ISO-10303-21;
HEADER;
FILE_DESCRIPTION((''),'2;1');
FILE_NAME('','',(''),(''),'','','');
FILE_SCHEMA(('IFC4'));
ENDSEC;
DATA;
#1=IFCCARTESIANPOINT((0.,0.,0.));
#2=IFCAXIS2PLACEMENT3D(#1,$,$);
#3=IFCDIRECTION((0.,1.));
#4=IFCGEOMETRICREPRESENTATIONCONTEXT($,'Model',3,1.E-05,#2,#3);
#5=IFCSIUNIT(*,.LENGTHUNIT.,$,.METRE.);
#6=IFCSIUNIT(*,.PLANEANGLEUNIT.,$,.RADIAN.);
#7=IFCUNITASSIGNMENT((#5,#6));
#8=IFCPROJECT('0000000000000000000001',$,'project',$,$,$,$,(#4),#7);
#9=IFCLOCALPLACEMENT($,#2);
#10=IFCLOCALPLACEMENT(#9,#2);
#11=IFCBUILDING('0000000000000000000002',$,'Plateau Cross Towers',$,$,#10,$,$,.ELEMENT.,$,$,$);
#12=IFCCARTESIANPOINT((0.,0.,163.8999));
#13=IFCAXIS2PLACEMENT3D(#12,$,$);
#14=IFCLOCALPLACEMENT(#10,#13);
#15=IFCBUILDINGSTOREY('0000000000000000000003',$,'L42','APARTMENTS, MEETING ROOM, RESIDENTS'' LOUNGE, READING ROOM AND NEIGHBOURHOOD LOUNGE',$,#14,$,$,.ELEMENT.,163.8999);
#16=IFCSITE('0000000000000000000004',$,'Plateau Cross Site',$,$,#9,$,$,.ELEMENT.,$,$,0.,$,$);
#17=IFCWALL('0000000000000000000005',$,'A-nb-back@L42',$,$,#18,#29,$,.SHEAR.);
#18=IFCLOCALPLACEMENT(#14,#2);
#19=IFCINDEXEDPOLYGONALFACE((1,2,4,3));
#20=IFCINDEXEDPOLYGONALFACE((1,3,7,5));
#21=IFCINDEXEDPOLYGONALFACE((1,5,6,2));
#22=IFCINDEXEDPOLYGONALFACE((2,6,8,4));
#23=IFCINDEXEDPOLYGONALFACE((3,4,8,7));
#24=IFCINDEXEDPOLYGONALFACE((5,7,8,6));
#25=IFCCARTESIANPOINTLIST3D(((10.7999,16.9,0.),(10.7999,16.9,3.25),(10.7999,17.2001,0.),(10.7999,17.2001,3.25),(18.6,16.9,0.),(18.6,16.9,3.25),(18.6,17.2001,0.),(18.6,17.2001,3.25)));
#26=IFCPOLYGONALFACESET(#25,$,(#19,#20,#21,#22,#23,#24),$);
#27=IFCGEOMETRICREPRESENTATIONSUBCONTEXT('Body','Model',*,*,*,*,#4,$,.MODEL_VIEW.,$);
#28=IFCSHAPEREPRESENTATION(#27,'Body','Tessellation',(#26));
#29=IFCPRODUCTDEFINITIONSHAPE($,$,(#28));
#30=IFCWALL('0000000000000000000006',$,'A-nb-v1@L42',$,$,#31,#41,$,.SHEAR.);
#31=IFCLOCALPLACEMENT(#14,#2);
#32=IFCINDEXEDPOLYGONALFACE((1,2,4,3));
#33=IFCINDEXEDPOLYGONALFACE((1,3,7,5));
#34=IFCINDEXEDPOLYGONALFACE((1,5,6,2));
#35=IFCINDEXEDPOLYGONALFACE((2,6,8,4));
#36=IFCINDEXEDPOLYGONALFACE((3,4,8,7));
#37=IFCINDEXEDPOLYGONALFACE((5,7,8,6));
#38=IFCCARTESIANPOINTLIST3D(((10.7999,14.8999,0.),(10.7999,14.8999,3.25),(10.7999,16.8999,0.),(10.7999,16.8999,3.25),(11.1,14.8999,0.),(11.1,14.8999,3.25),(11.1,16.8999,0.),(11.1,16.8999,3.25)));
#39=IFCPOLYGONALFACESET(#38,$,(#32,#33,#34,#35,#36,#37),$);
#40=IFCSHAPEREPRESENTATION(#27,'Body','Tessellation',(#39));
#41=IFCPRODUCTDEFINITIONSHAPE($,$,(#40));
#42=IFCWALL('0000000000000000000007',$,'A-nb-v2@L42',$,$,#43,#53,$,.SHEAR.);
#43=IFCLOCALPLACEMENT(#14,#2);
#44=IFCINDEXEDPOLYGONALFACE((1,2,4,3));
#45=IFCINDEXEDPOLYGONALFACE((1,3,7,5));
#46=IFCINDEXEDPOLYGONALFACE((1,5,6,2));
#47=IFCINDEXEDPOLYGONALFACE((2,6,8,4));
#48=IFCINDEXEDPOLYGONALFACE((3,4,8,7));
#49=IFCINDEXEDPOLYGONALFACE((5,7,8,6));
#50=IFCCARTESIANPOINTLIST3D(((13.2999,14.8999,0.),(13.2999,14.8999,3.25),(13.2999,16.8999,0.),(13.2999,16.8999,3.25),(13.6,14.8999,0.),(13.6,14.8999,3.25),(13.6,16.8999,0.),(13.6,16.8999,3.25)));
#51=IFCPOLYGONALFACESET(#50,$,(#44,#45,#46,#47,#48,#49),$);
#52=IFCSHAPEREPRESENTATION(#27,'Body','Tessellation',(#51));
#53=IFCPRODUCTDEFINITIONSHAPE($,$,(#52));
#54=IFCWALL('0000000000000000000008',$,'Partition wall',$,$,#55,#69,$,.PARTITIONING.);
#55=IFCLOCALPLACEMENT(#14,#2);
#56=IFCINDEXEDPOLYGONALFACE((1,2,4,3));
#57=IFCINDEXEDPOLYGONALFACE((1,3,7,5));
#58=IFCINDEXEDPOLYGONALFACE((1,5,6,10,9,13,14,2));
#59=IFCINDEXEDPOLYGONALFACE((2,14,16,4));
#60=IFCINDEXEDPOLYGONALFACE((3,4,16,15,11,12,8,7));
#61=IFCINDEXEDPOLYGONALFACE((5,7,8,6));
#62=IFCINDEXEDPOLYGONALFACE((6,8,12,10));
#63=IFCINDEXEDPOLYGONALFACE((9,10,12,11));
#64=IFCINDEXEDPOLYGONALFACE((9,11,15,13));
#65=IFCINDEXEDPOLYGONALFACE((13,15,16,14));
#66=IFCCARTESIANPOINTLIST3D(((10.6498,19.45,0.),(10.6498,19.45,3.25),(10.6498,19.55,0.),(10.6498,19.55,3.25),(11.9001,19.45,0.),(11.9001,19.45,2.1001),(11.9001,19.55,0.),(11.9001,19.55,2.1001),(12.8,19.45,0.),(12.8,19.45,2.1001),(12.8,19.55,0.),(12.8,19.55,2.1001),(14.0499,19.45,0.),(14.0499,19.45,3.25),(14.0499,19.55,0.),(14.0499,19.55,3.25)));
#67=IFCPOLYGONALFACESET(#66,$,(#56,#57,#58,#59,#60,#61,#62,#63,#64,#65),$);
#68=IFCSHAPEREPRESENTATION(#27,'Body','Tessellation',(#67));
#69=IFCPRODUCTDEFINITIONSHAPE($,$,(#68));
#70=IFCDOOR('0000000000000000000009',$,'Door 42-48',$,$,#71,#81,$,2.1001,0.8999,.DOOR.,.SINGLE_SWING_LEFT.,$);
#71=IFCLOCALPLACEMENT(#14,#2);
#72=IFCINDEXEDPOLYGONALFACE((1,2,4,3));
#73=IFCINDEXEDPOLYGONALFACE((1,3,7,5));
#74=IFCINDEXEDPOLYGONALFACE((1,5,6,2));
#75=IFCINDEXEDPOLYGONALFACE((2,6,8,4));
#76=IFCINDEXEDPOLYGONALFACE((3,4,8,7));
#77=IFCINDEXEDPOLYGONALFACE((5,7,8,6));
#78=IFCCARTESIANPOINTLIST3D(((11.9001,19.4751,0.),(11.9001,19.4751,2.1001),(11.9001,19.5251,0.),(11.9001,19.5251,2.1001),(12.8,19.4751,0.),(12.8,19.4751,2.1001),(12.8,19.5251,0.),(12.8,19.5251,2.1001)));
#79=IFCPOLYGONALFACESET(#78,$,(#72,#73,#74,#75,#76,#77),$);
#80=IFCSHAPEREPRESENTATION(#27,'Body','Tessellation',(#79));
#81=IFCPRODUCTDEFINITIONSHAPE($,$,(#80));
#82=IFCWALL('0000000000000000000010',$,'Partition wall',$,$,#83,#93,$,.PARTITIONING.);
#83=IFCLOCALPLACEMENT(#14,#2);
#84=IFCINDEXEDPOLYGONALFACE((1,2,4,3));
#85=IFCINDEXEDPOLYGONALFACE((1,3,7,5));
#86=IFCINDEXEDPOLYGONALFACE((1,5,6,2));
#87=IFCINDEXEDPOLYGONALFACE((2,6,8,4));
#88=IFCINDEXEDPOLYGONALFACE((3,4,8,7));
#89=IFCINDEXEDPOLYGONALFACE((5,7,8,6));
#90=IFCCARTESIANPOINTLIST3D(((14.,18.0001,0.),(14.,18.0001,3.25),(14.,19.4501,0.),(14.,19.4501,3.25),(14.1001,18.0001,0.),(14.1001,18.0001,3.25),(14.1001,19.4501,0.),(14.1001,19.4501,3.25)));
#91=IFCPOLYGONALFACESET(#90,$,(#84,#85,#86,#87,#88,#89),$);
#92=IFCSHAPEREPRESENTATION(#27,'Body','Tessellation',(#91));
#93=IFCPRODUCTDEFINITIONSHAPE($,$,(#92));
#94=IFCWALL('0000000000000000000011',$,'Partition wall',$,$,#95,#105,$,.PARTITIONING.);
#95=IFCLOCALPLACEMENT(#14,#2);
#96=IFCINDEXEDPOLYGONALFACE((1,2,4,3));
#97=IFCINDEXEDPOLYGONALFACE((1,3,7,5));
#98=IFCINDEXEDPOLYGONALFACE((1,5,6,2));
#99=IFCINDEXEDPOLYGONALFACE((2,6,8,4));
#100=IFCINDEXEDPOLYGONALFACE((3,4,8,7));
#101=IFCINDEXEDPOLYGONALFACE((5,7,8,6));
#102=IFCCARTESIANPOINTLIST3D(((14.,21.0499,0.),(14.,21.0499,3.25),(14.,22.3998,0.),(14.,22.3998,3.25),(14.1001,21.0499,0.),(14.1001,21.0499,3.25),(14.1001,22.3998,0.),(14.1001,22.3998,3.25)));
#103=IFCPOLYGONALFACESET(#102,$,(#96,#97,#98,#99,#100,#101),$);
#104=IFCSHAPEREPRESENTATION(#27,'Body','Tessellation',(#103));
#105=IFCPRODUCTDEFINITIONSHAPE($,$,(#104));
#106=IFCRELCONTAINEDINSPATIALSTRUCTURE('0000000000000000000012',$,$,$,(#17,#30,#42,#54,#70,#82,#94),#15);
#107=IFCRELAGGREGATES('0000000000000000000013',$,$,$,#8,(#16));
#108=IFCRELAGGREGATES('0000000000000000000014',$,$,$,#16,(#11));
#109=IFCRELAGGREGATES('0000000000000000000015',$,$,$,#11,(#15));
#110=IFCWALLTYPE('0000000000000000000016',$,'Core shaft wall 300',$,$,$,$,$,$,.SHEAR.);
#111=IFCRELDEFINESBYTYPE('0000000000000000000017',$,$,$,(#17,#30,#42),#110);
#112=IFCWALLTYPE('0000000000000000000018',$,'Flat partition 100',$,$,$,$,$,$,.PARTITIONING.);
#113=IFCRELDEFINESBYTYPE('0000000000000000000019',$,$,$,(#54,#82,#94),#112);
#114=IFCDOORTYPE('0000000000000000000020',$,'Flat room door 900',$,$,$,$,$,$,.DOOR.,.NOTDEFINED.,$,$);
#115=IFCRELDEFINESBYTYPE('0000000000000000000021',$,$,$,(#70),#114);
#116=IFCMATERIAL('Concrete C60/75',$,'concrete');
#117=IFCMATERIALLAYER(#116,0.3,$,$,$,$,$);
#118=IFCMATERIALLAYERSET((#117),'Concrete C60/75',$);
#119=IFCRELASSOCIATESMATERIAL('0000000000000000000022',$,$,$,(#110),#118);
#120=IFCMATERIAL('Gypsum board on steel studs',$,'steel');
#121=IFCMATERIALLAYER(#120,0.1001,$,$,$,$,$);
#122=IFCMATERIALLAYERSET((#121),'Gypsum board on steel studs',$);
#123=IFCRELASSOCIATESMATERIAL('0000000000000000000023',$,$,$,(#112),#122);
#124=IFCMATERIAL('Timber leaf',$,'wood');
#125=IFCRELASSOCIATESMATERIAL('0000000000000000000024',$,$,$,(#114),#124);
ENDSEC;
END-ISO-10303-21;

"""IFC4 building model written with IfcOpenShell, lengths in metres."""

from ifc_helpers import new_model, si_unit, direction, frame, frame_2d, origin, place, context, subcontext, project, spatial, rectangle, extrude, material, layer, layer_set, type_object, element, fill, save


model = new_model("IFC4")

# Units and contexts
model_context = context("Model", 3, precision=1e-05, world=origin(), true_north=direction((0.0, 1.0)))
body_context = subcontext(model_context, "Body", "Model", "MODEL_VIEW")
ifc_project = project(units=[si_unit("LENGTHUNIT", "METRE"), si_unit("PLANEANGLEUNIT", "RADIAN")], contexts=[model_context])

# Site, building, storey
site_placement = place(None, origin())
site = spatial("IfcSite", under=ifc_project, at=site_placement, Name="Plateau Cross Site", CompositionType="ELEMENT", RefElevation=0.0)
building_placement = place(site_placement, origin())
building = spatial("IfcBuilding", under=site, at=building_placement, Name="Plateau Cross Towers", CompositionType="ELEMENT")
storey_placement = place(building_placement, frame((0.0, 0.0, 163.8999)))
storey = spatial("IfcBuildingStorey", under=building, at=storey_placement, Name="L42", Description="APARTMENTS, MEETING ROOM, RESIDENTS' LOUNGE, READING ROOM AND NEIGHBOURHOOD LOUNGE", CompositionType="ELEMENT", Elevation=163.8999)

# Walls
ifc_material_1 = material(Name="Concrete C60/75", Category="concrete")
ifc_layer_1 = layer(ifc_material_1, 0.3)
ifc_layer_set_1 = layer_set([ifc_layer_1], Name="Concrete C60/75")
wall_type_1 = type_object("IfcWallType", Name="Core shaft wall 300", PredefinedType="SHEAR", material=ifc_layer_set_1)
wall_1_placement = place(storey_placement, frame((10.8, 17.05, 0.0), z_axis=(0.0, 0.0, 1.0), x_axis=(1.0, 0.0, 0.0)))
element("IfcWall", 1, at=wall_1_placement, inside=storey, type_object=wall_type_1, Name="A-nb-back@L42", PredefinedType="SHEAR", context=body_context, shape_type="SweptSolid", body=[
    extrude(rectangle(XDim=7.8, YDim=0.3, at=frame_2d((3.8999, 0.0))), origin(), (0.0, 0.0, 1.0), 3.25),
])
for number, where, z_axis, x_axis, name in (
    (2, (10.95, 14.8999, 0.0), (0.0, 0.0, 1.0), (0.0, 1.0, 0.0), "A-nb-v1@L42"),
    (3, (13.45, 14.8999, 0.0), (0.0, 0.0, 1.0), (0.0, 1.0, 0.0), "A-nb-v2@L42"),
):
    element("IfcWall", number, at=place(storey_placement, frame(where, z_axis=z_axis, x_axis=x_axis)), inside=storey, type_object=wall_type_1, Name=name, PredefinedType="SHEAR", context=body_context, shape_type="SweptSolid", body=[
        extrude(rectangle(XDim=2.0, YDim=0.3, at=frame_2d((1.0, 0.0))), origin(), (0.0, 0.0, 1.0), 3.25),
    ])

# Wall, opening, door
ifc_material_2 = material(Name="Gypsum board on steel studs", Category="steel")
ifc_layer_2 = layer(ifc_material_2, 0.1001)
ifc_layer_set_2 = layer_set([ifc_layer_2], Name="Gypsum board on steel studs")
wall_type_2 = type_object("IfcWallType", Name="Flat partition 100", PredefinedType="PARTITIONING", material=ifc_layer_set_2)
wall_2_placement = place(storey_placement, frame((14.05, 19.5, 0.0), z_axis=(0.0, 0.0, 1.0), x_axis=(-1.0, 0.0, 0.0)))
wall_2 = element("IfcWall", 4, at=wall_2_placement, inside=storey, type_object=wall_type_2, Name="Partition wall", PredefinedType="PARTITIONING", context=body_context, shape_type="SweptSolid", body=[
    extrude(rectangle(XDim=3.4001, YDim=0.1001, at=frame_2d((1.7002, 0.0))), origin(), (0.0, 0.0, 1.0), 3.25),
])
opening_placement = place(wall_2_placement, frame((1.25, 0.0, 0.0)))
opening = element("IfcOpeningElement", 5, at=opening_placement, cuts=wall_2, PredefinedType="OPENING", context=body_context, shape_type="SweptSolid", body=[
    extrude(rectangle(XDim=0.8999, YDim=2.1001, at=frame_2d((0.45, 1.05))), frame((0.0, 0.0601, 0.0), z_axis=(0.0, -1.0, 0.0), x_axis=(1.0, 0.0, 0.0)), (0.0, 0.0, 1.0), 0.1201),
])
ifc_material_3 = material(Name="Timber leaf", Category="wood")
door_type = type_object("IfcDoorType", Name="Flat room door 900", OperationType="NOTDEFINED", PredefinedType="DOOR", material=ifc_material_3)
door_placement = place(opening_placement, origin())
door = element("IfcDoor", 6, at=door_placement, inside=storey, type_object=door_type, Name="Door 42-48", OperationType="SINGLE_SWING_LEFT", OverallHeight=2.1001, OverallWidth=0.8999, PredefinedType="DOOR", context=body_context, shape_type="SweptSolid", body=[
    extrude(rectangle(XDim=0.8999, YDim=2.1001, at=frame_2d((0.45, 1.05))), frame((0.0, 0.0249, 0.0), z_axis=(0.0, -1.0, 0.0), x_axis=(1.0, 0.0, 0.0)), (0.0, 0.0, 1.0), 0.05),
])
fill(opening, door)

# Walls
wall_3_placement = place(storey_placement, frame((14.05, 18.0, 0.0), z_axis=(0.0, 0.0, 1.0), x_axis=(0.0, 1.0, 0.0)))
element("IfcWall", 7, at=wall_3_placement, inside=storey, type_object=wall_type_2, Name="Partition wall", PredefinedType="PARTITIONING", context=body_context, shape_type="SweptSolid", body=[
    extrude(rectangle(XDim=1.45, YDim=0.1001, at=frame_2d((0.7251, 0.0))), origin(), (0.0, 0.0, 1.0), 3.25),
])
wall_4_placement = place(storey_placement, frame((14.05, 21.05, 0.0), z_axis=(0.0, 0.0, 1.0), x_axis=(0.0, 1.0, 0.0)))
element("IfcWall", 8, at=wall_4_placement, inside=storey, type_object=wall_type_2, Name="Partition wall", PredefinedType="PARTITIONING", context=body_context, shape_type="SweptSolid", body=[
    extrude(rectangle(XDim=1.3499, YDim=0.1001, at=frame_2d((0.6748, 0.0))), origin(), (0.0, 0.0, 1.0), 3.25),
])

save(model, "model.ifc")
